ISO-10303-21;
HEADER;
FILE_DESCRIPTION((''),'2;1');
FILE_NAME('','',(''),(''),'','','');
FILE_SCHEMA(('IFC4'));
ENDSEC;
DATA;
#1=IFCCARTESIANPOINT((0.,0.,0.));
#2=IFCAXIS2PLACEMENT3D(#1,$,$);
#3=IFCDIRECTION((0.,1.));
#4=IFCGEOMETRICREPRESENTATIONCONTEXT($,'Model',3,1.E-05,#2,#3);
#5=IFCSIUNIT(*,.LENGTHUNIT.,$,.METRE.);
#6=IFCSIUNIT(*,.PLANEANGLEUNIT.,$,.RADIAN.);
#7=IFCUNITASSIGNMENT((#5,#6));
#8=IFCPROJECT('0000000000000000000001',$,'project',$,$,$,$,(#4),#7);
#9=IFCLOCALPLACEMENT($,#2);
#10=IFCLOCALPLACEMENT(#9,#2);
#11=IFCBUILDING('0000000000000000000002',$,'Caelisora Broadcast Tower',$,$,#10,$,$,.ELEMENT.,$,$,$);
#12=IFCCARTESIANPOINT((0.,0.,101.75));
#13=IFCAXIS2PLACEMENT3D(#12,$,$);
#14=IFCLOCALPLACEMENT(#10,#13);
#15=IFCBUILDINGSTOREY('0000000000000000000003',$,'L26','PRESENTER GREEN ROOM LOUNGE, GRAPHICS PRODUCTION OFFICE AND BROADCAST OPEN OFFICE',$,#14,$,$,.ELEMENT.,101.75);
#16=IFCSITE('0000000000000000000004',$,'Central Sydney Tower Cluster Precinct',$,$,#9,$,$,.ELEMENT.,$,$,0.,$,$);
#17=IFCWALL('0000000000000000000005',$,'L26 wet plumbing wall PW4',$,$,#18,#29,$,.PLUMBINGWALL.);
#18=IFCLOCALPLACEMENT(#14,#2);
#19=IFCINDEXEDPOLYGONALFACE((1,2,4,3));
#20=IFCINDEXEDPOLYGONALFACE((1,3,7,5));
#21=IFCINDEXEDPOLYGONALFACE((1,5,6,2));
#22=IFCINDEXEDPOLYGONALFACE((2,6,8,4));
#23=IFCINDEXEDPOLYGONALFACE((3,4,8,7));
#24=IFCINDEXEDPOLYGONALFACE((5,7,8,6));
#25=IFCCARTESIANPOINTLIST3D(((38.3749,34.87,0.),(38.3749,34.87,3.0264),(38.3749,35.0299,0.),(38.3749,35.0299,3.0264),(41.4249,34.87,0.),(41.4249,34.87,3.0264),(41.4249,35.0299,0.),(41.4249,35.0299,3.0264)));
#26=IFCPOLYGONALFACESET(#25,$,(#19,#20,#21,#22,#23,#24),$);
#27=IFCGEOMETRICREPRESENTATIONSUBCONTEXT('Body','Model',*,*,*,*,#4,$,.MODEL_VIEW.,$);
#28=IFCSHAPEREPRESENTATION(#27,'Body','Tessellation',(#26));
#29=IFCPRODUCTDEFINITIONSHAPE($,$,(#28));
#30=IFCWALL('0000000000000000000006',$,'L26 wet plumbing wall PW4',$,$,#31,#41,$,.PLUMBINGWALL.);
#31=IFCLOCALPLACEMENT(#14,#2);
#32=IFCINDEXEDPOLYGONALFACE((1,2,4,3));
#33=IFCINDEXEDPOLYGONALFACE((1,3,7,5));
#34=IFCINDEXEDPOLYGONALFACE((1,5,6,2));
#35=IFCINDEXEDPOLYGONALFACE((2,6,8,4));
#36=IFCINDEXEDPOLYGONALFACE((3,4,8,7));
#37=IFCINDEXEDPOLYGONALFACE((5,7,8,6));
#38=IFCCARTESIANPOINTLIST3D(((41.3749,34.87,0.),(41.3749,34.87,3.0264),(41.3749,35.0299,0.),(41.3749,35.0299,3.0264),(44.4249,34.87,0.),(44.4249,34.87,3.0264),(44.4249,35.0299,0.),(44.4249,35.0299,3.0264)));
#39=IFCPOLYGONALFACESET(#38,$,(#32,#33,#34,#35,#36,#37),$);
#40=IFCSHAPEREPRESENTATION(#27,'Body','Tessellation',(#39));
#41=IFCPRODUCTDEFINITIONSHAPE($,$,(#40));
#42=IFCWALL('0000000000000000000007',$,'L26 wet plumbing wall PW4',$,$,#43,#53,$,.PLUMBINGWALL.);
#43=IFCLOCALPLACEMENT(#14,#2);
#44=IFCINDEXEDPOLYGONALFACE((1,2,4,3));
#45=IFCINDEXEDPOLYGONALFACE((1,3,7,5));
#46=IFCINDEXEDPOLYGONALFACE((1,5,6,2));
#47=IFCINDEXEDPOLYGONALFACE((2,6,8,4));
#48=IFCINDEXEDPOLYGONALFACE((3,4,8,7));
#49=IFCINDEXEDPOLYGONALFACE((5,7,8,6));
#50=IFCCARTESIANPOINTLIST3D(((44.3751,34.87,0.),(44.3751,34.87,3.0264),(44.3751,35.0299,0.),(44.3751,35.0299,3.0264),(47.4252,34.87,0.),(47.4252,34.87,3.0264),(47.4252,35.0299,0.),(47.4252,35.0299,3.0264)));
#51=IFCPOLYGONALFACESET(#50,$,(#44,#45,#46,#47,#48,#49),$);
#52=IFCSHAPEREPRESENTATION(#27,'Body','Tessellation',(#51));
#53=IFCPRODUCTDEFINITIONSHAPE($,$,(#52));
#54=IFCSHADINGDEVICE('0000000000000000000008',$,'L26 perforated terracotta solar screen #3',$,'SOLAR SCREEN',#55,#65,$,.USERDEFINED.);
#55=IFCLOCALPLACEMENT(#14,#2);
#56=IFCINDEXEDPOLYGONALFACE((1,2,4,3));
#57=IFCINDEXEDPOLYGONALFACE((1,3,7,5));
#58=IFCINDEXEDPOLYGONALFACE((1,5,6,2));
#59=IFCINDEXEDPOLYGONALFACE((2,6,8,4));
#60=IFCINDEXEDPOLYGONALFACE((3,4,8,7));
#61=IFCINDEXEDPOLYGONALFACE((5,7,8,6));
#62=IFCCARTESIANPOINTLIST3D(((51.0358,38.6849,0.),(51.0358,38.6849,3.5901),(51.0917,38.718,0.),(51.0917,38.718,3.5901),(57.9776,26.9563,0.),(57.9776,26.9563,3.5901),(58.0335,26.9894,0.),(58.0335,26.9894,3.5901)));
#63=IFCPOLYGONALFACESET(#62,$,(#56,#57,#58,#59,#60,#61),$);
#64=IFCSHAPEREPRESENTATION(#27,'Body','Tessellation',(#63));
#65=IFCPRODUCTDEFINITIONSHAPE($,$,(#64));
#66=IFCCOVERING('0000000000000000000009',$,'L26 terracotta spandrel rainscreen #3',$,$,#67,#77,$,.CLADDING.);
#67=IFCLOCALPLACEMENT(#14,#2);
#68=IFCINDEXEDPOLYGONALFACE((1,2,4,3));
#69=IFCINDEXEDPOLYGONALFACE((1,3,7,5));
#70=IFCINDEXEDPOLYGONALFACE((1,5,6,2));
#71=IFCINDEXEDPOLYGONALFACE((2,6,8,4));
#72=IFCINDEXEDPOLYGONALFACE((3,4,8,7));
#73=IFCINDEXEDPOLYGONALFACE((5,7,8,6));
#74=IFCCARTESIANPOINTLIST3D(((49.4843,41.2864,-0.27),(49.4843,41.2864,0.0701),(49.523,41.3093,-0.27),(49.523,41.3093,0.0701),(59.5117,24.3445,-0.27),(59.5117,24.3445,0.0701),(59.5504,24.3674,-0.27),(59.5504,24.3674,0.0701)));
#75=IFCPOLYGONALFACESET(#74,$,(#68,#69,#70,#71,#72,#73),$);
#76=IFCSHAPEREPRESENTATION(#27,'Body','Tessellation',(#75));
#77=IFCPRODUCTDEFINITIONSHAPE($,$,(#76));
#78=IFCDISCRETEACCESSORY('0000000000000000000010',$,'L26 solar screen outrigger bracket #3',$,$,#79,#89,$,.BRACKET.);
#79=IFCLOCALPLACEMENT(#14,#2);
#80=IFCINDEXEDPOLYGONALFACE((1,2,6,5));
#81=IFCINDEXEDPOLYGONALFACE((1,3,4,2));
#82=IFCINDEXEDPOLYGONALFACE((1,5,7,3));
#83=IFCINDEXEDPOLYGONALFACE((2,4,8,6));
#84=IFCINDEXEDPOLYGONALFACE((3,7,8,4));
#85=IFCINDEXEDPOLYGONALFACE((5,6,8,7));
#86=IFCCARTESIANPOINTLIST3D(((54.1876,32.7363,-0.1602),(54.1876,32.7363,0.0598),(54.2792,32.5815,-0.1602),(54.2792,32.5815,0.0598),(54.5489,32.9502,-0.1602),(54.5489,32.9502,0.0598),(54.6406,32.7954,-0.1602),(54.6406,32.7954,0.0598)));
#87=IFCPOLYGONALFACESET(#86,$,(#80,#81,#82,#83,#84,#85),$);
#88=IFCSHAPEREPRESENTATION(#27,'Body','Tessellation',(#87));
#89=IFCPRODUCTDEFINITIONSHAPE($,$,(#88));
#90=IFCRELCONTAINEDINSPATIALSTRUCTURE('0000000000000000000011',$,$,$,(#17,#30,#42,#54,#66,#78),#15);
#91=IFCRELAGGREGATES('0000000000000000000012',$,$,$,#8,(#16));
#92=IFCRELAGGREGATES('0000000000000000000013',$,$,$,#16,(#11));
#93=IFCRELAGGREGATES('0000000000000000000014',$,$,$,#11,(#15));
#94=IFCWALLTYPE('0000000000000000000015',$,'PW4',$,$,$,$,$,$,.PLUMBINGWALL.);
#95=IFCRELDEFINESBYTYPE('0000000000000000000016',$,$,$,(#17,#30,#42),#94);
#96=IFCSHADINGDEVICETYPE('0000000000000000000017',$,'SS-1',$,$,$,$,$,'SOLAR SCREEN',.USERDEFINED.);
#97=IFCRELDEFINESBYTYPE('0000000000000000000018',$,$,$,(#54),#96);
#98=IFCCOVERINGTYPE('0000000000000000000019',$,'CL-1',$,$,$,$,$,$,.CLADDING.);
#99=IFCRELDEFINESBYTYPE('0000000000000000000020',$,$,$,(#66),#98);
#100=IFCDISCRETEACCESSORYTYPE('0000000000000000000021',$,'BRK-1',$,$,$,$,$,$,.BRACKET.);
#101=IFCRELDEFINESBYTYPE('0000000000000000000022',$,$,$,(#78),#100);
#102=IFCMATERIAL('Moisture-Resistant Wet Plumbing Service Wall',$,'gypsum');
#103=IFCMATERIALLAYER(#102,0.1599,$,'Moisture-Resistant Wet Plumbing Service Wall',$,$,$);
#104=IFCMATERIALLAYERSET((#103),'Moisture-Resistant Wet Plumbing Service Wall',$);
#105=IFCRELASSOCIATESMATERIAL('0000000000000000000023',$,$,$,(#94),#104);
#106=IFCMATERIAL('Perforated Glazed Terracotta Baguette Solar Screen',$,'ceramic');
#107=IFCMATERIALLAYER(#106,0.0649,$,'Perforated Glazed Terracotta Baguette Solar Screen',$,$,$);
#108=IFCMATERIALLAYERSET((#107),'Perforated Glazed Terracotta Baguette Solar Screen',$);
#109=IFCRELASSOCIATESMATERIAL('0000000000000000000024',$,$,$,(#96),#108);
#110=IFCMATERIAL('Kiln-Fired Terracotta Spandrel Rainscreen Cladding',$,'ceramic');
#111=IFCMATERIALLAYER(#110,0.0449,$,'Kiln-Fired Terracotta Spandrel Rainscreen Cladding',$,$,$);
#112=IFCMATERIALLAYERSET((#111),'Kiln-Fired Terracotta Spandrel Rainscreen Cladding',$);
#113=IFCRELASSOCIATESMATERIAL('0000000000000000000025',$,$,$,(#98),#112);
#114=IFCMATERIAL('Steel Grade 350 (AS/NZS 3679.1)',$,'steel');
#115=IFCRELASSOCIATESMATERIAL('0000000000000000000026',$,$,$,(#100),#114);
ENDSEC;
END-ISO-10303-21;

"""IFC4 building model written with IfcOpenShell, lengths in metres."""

from ifc_helpers import new_model, si_unit, direction, frame, frame_2d, origin, origin_2d, place, context, subcontext, project, spatial, rectangle, extrude, source, transform, mapped, material, layer, layer_set, type_object, type_shapes, element, save


model = new_model("IFC4")

# Units and contexts
model_context = context("Model", 3, precision=1e-05, world=origin(), true_north=direction((0.0, 1.0)))
body_context = subcontext(model_context, "Body", "Model", "MODEL_VIEW")
ifc_project = project(units=[si_unit("LENGTHUNIT", "METRE"), si_unit("PLANEANGLEUNIT", "RADIAN")], contexts=[model_context])

# Site, building, storey
site_placement = place(None, origin())
site = spatial("IfcSite", under=ifc_project, at=site_placement, Name="Central Sydney Tower Cluster Precinct", CompositionType="ELEMENT", RefElevation=0.0)
building_placement = place(site_placement, origin())
building = spatial("IfcBuilding", under=site, at=building_placement, Name="Caelisora Broadcast Tower", CompositionType="ELEMENT")
storey_placement = place(building_placement, frame((0.0, 0.0, 101.75)))
storey = spatial("IfcBuildingStorey", under=building, at=storey_placement, Name="L26", Description="PRESENTER GREEN ROOM LOUNGE, GRAPHICS PRODUCTION OFFICE AND BROADCAST OPEN OFFICE", CompositionType="ELEMENT", Elevation=101.75)

# Shared definitions
ifc_material_1 = material(Name="Steel Grade 350 (AS/NZS 3679.1)", Category="steel")

# Shared definitions
ifc_material_2 = material(Name="Moisture-Resistant Wet Plumbing Service Wall", Category="gypsum")
ifc_layer_1 = layer(ifc_material_2, 0.1599, Name="Moisture-Resistant Wet Plumbing Service Wall")
ifc_layer_set_1 = layer_set([ifc_layer_1], Name="Moisture-Resistant Wet Plumbing Service Wall")
wall_type_1 = type_object("IfcWallType", Name="PW4", PredefinedType="PLUMBINGWALL", material=ifc_layer_set_1)

# Walls
for number, where, z_axis, x_axis, name in (
    (1, (38.375, 34.95, 0.0), (0.0, 0.0, 1.0), (1.0, 0.0, 0.0), "L26 wet plumbing wall PW4"),
    (2, (41.375, 34.95, 0.0), (0.0, 0.0, 1.0), (1.0, 0.0, 0.0), "L26 wet plumbing wall PW4"),
    (3, (47.425, 34.95, 0.0), (0.0, 0.0, 1.0), (-1.0, 0.0, 0.0), "L26 wet plumbing wall PW4"),
):
    element("IfcWall", number, at=place(storey_placement, frame(where, z_axis=z_axis, x_axis=x_axis)), inside=storey, type_object=wall_type_1, Name=name, PredefinedType="PLUMBINGWALL", context=body_context, shape_type="SweptSolid", body=[
        extrude(rectangle(XDim=3.05, YDim=0.1599, at=frame_2d((1.5249, 0.0))), origin(), (0.0, 0.0, 1.0), 3.0264),
    ])

# Shading device
ifc_material_3 = material(Name="Perforated Glazed Terracotta Baguette Solar Screen", Category="ceramic")
ifc_layer_2 = layer(ifc_material_3, 0.0649, Name="Perforated Glazed Terracotta Baguette Solar Screen")
ifc_layer_set_2 = layer_set([ifc_layer_2], Name="Perforated Glazed Terracotta Baguette Solar Screen")
shading_device_type = type_object("IfcShadingDeviceType", Name="SS-1", ElementType="SOLAR SCREEN", PredefinedType="USERDEFINED", material=ifc_layer_set_2)
shared_shape_1 = source(origin(), body_context, "Body", "SweptSolid", [
    extrude(rectangle(XDim=13.6289, YDim=0.0649, at=origin_2d()), origin(), (0.0, 0.0, 1.0), 3.5901),
])
type_shapes(shading_device_type, [shared_shape_1])
shading_device_placement = place(storey_placement, frame((54.5347, 32.8372, 0.0), z_axis=(0.0, 0.0, 1.0), x_axis=(-0.509342, 0.860564, 0.0)))
element("IfcShadingDevice", 4, at=shading_device_placement, inside=storey, type_object=shading_device_type, Name="L26 perforated terracotta solar screen #3", ObjectType="SOLAR SCREEN", PredefinedType="USERDEFINED", context=body_context, shape_type="MappedRepresentation", body=[
    mapped(shared_shape_1, transform((0.0, 0.0, 0.0), scale=1.0)),
])

# Covering
ifc_material_4 = material(Name="Kiln-Fired Terracotta Spandrel Rainscreen Cladding", Category="ceramic")
ifc_layer_3 = layer(ifc_material_4, 0.0449, Name="Kiln-Fired Terracotta Spandrel Rainscreen Cladding")
ifc_layer_set_3 = layer_set([ifc_layer_3], Name="Kiln-Fired Terracotta Spandrel Rainscreen Cladding")
covering_type = type_object("IfcCoveringType", Name="CL-1", PredefinedType="CLADDING", material=ifc_layer_set_3)
shared_shape_2 = source(origin(), body_context, "Body", "SweptSolid", [
    extrude(rectangle(XDim=19.687, YDim=0.0449, at=origin_2d()), origin(), (0.0, 0.0, 1.0), 0.3401),
])
type_shapes(covering_type, [shared_shape_2])
covering_placement = place(storey_placement, frame((54.5173, 32.8269, -0.27), z_axis=(0.0, 0.0, 1.0), x_axis=(-0.509342, 0.860564, 0.0)))
element("IfcCovering", 5, at=covering_placement, inside=storey, type_object=covering_type, Name="L26 terracotta spandrel rainscreen #3", PredefinedType="CLADDING", context=body_context, shape_type="MappedRepresentation", body=[
    mapped(shared_shape_2, transform((0.0, 0.0, 0.0), scale=1.0)),
])

# Discrete accessory
discrete_accessory_type = type_object("IfcDiscreteAccessoryType", Name="BRK-1", PredefinedType="BRACKET", material=ifc_material_1)
shared_shape_3 = source(origin(), body_context, "Body", "SweptSolid", [
    extrude(rectangle(XDim=0.1799, YDim=0.4199, at=origin_2d()), origin(), (0.0, 0.0, 1.0), 0.22),
])
type_shapes(discrete_accessory_type, [shared_shape_3])
discrete_accessory_placement = place(storey_placement, frame((54.4141, 32.7659, -0.1602), z_axis=(0.0, 0.0, 1.0), x_axis=(-0.509342, 0.860564, 0.0)))
element("IfcDiscreteAccessory", 6, at=discrete_accessory_placement, inside=storey, type_object=discrete_accessory_type, Name="L26 solar screen outrigger bracket #3", PredefinedType="BRACKET", context=body_context, shape_type="MappedRepresentation", body=[
    mapped(shared_shape_3, transform((0.0, 0.0, 0.0), scale=1.0)),
])

save(model, "model.ifc")
